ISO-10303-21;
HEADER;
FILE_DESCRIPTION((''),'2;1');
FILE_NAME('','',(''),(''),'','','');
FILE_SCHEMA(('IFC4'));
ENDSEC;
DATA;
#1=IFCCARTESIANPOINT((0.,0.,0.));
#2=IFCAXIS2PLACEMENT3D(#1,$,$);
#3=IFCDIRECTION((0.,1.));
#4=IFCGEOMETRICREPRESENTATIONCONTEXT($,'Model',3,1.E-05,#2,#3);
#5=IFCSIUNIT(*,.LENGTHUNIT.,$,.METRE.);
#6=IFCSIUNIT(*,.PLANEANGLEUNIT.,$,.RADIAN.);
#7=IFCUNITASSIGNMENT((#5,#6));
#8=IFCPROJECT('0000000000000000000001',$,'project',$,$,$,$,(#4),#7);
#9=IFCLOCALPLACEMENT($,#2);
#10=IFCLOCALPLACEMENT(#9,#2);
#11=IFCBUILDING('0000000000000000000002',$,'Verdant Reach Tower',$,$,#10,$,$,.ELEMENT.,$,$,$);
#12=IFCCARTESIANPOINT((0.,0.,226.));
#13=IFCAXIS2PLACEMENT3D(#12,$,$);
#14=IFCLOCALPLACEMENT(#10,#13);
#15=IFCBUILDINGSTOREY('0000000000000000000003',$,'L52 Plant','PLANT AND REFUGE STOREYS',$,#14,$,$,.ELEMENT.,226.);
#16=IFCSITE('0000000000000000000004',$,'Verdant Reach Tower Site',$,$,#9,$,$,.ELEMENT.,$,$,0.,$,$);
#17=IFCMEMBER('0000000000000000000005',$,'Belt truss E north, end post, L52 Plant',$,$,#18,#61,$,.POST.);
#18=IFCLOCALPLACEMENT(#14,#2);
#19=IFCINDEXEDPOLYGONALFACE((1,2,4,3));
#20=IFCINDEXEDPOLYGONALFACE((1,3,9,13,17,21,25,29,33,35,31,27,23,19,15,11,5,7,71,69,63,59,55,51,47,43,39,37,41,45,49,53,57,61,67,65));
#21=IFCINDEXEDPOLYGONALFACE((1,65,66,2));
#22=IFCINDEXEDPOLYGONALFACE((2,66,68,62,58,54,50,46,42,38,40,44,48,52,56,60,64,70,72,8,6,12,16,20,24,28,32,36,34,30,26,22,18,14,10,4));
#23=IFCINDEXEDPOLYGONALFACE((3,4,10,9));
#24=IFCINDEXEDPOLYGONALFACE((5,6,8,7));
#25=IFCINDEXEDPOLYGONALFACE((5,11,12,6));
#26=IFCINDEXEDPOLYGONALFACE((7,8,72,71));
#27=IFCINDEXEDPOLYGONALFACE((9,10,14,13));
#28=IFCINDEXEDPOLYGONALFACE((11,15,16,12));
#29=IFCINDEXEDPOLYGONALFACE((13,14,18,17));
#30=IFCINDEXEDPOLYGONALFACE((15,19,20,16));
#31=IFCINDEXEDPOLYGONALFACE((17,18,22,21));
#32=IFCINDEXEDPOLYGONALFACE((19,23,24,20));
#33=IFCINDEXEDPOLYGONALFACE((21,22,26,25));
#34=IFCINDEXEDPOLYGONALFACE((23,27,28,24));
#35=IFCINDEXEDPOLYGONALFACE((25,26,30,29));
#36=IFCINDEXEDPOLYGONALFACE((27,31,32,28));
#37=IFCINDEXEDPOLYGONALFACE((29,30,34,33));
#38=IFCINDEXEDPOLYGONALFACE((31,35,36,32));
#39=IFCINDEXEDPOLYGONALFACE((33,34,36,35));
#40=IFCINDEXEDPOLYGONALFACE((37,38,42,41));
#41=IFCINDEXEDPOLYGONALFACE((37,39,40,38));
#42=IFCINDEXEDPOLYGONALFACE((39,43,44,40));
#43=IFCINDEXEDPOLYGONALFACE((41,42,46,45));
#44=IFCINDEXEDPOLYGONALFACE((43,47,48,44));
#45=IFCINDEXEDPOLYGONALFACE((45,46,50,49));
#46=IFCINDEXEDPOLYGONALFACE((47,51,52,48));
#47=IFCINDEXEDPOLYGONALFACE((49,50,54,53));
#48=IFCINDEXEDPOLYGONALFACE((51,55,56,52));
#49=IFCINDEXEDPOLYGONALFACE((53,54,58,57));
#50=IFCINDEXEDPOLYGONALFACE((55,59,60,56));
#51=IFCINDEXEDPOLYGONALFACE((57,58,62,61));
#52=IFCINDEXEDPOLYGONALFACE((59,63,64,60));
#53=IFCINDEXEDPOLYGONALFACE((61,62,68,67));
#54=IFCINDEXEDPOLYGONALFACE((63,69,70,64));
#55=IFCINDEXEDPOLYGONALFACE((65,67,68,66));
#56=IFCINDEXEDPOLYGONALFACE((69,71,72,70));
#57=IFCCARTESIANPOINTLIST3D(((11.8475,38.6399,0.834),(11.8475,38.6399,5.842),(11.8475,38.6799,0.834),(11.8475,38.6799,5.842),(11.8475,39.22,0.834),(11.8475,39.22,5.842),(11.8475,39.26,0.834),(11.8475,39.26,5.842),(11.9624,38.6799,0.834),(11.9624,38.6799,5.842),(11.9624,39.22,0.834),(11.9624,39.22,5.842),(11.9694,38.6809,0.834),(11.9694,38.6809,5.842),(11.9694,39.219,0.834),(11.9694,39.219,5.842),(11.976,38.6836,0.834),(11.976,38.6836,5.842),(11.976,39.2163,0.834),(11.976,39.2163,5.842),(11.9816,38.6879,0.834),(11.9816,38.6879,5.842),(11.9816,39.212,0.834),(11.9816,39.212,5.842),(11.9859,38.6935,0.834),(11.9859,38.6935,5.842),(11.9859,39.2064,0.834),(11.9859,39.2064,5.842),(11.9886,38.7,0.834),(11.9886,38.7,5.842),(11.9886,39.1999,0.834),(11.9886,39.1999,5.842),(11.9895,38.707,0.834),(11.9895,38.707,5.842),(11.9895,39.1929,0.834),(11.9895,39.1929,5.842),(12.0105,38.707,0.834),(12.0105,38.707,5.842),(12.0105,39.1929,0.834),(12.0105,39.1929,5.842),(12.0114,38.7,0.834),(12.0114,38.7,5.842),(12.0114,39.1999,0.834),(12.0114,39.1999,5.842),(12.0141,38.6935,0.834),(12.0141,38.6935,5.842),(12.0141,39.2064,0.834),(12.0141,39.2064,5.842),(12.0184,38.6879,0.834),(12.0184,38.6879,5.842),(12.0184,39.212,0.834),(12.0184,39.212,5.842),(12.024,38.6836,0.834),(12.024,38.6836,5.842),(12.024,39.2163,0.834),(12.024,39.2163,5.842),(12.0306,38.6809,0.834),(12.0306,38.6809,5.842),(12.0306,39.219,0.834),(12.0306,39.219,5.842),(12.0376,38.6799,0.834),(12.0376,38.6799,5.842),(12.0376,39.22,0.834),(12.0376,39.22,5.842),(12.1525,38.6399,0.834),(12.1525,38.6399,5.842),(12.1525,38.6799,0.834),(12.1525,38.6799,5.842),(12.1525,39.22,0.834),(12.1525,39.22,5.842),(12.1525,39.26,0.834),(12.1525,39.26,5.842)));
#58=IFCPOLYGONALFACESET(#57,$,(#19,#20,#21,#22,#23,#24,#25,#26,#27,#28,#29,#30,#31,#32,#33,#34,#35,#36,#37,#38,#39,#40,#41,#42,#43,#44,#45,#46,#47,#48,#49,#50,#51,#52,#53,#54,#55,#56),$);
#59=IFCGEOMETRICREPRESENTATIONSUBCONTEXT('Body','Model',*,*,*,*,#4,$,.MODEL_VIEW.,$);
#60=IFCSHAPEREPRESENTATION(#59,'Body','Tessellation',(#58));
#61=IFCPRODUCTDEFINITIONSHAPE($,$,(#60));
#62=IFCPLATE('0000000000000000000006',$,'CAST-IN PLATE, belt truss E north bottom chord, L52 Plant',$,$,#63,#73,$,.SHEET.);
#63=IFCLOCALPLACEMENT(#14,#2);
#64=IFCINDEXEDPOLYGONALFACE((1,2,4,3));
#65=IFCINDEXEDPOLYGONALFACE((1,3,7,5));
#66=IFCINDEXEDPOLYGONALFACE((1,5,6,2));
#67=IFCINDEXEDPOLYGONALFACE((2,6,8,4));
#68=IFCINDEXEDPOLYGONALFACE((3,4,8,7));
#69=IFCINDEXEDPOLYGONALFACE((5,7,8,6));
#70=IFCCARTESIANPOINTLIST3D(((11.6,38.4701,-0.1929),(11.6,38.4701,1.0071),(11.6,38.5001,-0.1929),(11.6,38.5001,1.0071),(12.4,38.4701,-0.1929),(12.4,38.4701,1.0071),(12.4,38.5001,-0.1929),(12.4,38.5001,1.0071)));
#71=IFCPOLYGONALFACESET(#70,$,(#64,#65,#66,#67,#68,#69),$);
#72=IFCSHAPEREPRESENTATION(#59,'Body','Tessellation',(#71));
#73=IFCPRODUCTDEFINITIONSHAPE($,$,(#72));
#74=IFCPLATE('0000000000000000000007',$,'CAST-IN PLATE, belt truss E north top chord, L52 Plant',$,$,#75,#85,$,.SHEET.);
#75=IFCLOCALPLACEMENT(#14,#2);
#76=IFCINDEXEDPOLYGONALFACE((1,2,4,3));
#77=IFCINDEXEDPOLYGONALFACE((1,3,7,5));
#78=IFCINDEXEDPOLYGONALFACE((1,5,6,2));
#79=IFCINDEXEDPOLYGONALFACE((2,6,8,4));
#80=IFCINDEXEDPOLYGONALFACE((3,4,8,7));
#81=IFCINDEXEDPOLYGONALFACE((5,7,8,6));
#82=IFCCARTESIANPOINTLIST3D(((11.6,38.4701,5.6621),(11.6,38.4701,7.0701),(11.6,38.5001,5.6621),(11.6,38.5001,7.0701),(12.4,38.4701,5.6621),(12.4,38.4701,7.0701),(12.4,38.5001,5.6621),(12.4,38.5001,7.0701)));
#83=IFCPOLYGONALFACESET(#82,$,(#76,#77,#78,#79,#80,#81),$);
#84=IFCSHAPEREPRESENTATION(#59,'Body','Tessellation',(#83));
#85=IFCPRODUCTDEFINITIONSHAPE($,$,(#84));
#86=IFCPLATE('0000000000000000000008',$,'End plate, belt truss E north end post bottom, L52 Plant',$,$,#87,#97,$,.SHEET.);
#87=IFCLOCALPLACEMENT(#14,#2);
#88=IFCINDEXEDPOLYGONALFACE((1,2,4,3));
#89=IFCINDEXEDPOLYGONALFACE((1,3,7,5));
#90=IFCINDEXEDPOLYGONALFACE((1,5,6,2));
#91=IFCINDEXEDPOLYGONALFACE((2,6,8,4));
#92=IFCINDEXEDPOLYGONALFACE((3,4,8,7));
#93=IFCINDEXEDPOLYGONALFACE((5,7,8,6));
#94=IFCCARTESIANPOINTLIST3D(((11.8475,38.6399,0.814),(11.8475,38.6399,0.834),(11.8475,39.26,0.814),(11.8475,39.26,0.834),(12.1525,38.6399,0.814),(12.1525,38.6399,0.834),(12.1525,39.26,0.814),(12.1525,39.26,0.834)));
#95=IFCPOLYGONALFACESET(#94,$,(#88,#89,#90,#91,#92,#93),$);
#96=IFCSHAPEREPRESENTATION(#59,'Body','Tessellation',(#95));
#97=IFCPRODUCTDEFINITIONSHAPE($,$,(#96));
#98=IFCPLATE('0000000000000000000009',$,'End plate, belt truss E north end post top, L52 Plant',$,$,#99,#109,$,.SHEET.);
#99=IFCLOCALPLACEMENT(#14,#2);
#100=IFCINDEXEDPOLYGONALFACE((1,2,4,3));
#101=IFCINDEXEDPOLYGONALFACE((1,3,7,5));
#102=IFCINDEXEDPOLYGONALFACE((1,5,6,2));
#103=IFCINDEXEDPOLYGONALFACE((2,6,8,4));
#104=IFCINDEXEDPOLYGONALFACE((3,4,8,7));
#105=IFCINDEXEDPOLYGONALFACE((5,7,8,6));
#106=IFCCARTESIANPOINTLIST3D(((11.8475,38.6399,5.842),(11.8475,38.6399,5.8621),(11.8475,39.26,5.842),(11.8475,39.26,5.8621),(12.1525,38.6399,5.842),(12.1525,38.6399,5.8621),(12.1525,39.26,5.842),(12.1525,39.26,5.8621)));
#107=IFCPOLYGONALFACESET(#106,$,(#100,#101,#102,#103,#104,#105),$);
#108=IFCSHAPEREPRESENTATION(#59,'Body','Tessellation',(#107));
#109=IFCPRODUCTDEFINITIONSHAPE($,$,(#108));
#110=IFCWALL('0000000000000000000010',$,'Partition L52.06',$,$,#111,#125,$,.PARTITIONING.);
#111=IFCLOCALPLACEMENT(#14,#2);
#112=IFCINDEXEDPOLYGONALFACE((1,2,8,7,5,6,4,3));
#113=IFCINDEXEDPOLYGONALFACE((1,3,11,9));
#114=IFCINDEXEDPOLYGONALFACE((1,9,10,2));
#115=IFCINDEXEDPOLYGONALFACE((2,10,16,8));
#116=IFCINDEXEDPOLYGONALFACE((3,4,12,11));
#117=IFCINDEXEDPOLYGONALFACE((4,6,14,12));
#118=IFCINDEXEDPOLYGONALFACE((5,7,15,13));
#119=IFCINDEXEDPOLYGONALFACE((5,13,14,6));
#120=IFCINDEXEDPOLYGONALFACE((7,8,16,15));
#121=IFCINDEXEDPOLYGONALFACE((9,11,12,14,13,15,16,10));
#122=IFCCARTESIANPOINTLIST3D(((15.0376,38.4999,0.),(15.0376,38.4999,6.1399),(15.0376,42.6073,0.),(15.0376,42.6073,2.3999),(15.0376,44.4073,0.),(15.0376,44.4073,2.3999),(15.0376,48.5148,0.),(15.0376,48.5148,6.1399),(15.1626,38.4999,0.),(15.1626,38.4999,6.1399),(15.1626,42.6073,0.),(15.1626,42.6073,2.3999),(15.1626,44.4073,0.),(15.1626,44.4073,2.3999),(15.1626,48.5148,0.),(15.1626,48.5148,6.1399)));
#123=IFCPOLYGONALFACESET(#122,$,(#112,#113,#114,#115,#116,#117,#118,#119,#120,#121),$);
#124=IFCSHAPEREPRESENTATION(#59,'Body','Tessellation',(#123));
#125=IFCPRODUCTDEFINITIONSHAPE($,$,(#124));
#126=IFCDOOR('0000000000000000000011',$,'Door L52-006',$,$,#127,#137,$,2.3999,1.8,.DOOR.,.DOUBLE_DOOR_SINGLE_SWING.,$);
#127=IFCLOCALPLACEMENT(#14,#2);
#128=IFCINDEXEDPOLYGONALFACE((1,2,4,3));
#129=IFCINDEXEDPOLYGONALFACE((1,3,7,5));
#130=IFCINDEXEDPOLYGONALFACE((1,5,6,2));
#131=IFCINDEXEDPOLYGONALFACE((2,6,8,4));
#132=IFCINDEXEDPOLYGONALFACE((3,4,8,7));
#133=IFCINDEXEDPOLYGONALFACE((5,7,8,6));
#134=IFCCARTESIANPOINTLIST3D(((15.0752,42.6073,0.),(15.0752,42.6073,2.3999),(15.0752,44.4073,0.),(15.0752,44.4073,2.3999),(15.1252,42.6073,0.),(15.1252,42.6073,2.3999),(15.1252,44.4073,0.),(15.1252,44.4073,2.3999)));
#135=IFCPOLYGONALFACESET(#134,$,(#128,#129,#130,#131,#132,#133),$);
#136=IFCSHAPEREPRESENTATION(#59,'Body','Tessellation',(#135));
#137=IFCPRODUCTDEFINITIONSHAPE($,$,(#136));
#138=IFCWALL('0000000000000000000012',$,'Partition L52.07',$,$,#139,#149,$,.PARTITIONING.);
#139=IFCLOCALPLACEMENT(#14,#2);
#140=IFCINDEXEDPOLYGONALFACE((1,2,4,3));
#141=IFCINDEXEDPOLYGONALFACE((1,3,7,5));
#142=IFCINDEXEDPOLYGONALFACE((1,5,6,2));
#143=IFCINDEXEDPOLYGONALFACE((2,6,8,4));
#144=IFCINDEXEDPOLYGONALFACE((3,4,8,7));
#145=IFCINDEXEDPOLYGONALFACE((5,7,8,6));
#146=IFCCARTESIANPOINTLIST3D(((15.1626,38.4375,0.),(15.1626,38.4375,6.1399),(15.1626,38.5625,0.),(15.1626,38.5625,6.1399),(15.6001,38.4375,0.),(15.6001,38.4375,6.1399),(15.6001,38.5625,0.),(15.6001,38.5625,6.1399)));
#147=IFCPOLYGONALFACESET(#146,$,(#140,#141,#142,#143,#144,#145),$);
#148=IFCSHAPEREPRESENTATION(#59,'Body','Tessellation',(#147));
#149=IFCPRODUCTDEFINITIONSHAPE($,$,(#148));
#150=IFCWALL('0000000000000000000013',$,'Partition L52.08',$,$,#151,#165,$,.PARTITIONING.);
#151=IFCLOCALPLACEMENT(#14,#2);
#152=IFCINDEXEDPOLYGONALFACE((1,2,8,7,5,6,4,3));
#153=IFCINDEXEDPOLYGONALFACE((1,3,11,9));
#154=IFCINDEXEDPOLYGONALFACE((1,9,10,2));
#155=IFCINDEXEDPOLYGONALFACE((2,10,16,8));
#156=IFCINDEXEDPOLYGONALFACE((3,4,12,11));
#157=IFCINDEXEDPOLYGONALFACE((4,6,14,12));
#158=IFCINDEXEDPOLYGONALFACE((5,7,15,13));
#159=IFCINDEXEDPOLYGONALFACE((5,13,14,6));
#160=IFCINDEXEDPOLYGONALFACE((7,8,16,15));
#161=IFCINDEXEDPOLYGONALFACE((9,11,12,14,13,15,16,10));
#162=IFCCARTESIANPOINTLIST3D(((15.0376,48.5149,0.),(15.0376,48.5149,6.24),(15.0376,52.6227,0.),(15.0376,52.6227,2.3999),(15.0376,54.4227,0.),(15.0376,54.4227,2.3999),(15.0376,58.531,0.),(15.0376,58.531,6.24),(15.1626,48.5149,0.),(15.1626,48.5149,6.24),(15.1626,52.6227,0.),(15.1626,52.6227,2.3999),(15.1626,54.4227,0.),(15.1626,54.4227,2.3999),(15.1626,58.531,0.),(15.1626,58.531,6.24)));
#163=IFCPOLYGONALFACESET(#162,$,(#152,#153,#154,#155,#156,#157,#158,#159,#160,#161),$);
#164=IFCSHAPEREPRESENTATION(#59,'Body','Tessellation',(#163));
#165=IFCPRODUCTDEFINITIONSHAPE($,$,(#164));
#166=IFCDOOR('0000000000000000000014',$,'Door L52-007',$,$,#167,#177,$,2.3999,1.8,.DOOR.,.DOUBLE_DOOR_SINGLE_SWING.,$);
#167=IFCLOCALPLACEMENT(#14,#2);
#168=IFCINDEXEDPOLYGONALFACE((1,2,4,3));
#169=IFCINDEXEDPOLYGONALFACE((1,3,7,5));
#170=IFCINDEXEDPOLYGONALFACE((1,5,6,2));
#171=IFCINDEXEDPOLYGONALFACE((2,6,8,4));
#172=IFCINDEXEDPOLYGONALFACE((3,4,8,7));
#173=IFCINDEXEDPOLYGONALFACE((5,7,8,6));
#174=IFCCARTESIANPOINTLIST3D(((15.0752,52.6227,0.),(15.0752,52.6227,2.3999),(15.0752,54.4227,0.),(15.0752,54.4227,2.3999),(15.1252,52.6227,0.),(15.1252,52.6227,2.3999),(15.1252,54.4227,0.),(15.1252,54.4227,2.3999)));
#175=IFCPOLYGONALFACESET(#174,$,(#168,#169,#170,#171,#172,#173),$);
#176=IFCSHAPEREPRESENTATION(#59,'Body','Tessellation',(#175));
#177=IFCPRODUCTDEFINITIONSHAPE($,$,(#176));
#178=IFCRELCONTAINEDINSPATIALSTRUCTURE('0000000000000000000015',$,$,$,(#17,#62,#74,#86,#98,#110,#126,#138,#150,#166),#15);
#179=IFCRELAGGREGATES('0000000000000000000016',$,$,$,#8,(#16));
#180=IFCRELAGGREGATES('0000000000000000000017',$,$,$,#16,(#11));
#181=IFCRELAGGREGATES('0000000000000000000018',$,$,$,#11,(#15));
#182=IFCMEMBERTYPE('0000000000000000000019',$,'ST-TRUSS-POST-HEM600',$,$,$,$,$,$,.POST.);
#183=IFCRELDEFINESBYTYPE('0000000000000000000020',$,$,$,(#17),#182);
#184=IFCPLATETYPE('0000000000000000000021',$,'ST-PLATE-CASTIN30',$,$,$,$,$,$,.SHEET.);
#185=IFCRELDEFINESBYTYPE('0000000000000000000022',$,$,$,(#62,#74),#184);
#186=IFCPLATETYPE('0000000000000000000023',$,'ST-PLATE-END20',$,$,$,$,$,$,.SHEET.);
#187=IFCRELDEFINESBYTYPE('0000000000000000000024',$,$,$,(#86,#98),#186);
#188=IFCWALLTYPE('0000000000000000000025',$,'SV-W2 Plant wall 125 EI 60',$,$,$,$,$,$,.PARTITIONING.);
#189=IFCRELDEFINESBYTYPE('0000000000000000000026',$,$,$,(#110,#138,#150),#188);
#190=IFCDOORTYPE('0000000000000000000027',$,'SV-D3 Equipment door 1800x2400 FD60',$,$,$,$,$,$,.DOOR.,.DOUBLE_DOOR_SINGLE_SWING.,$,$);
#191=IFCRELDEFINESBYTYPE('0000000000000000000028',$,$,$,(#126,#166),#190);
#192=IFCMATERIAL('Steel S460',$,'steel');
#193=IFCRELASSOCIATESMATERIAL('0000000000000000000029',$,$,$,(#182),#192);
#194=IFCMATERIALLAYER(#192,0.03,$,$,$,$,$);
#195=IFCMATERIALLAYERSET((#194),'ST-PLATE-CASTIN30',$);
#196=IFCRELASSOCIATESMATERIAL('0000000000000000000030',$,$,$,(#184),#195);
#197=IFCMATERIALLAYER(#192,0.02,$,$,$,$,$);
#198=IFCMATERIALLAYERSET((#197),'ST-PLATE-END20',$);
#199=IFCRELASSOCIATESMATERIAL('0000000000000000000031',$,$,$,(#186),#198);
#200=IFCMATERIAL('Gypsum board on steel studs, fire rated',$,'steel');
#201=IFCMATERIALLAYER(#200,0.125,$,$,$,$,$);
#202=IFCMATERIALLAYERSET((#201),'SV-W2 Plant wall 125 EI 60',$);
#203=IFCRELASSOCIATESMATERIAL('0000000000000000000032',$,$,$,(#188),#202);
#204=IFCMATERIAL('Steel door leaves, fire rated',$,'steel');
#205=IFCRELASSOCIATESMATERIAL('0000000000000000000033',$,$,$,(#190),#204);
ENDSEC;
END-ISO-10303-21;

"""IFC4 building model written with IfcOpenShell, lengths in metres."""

from ifc_helpers import new_model, si_unit, direction, frame, frame_2d, origin, origin_2d, place, context, subcontext, project, spatial, rectangle, i_section, extrude, material, layer, layer_set, material_profile, profile_set, type_object, element, fill, save


model = new_model("IFC4")

# Units and contexts
model_context = context("Model", 3, precision=1e-05, world=origin(), true_north=direction((0.0, 1.0)))
body_context = subcontext(model_context, "Body", "Model", "MODEL_VIEW")
ifc_project = project(units=[si_unit("LENGTHUNIT", "METRE"), si_unit("PLANEANGLEUNIT", "RADIAN")], contexts=[model_context])

# Site, building, storey
site_placement = place(None, origin())
site = spatial("IfcSite", under=ifc_project, at=site_placement, Name="Verdant Reach Tower Site", CompositionType="ELEMENT", RefElevation=0.0)
building_placement = place(site_placement, origin())
building = spatial("IfcBuilding", under=site, at=building_placement, Name="Verdant Reach Tower", CompositionType="ELEMENT")
storey_placement = place(building_placement, frame((0.0, 0.0, 226.0)))
storey = spatial("IfcBuildingStorey", under=building, at=storey_placement, Name="L52 Plant", Description="PLANT AND REFUGE STOREYS", CompositionType="ELEMENT", Elevation=226.0)

# Shared definitions
ifc_material_1 = material(Name="Steel S460", Category="steel")

# Member
ifc_material_profile_1 = material_profile(ifc_material_1, i_section(OverallWidth=0.3049, OverallDepth=0.6201, WebThickness=0.021, FlangeThickness=0.04, FilletRadius=0.0271, at=origin_2d()), Name="HEM 600")
ifc_profile_set_1 = profile_set([ifc_material_profile_1], Name="Steel S460")
member_type_1 = type_object("IfcMemberType", Name="ST-TRUSS-POST-HEM600", PredefinedType="POST", material=ifc_profile_set_1)
member_1_placement = place(storey_placement, frame((12.0, 38.95, 0.834), z_axis=(0.0, 0.0, 1.0), x_axis=(1.0, 0.0, 0.0)))
element("IfcMember", 1, at=member_1_placement, inside=storey, type_object=member_type_1, Name="Belt truss E north, end post, L52 Plant", PredefinedType="POST", context=body_context, shape_type="SweptSolid", body=[
    extrude(i_section(OverallWidth=0.3049, OverallDepth=0.6201, WebThickness=0.021, FlangeThickness=0.04, FilletRadius=0.0271, at=origin_2d()), origin(), (0.0, 0.0, 1.0), 5.0081),
])

# Plates
ifc_layer_1 = layer(ifc_material_1, 0.03)
ifc_layer_set_1 = layer_set([ifc_layer_1], Name="ST-PLATE-CASTIN30")
plate_type_1 = type_object("IfcPlateType", Name="ST-PLATE-CASTIN30", PredefinedType="SHEET", material=ifc_layer_set_1)
plate_1_placement = place(storey_placement, frame((12.0, 38.4851, -0.1929), z_axis=(0.0, 0.0, 1.0), x_axis=(1.0, 0.0, 0.0)))
element("IfcPlate", 2, at=plate_1_placement, inside=storey, type_object=plate_type_1, Name="CAST-IN PLATE, belt truss E north bottom chord, L52 Plant", PredefinedType="SHEET", context=body_context, shape_type="SweptSolid", body=[
    extrude(rectangle(XDim=0.8, YDim=0.03, at=origin_2d()), origin(), (0.0, 0.0, 1.0), 1.2),
])
plate_2_placement = place(storey_placement, frame((12.0, 38.4851, 5.6621), z_axis=(0.0, 0.0, 1.0), x_axis=(1.0, 0.0, 0.0)))
element("IfcPlate", 3, at=plate_2_placement, inside=storey, type_object=plate_type_1, Name="CAST-IN PLATE, belt truss E north top chord, L52 Plant", PredefinedType="SHEET", context=body_context, shape_type="SweptSolid", body=[
    extrude(rectangle(XDim=0.8, YDim=0.03, at=origin_2d()), origin(), (0.0, 0.0, 1.0), 1.408),
])
ifc_layer_2 = layer(ifc_material_1, 0.02)
ifc_layer_set_2 = layer_set([ifc_layer_2], Name="ST-PLATE-END20")
plate_type_2 = type_object("IfcPlateType", Name="ST-PLATE-END20", PredefinedType="SHEET", material=ifc_layer_set_2)
for number, where, z_axis, x_axis, name in (
    (4, (12.0, 38.95, 0.814), (0.0, 0.0, 1.0), (1.0, 0.0, 0.0), "End plate, belt truss E north end post bottom, L52 Plant"),
    (5, (12.0, 38.95, 5.842), (0.0, 0.0, 1.0), (1.0, 0.0, 0.0), "End plate, belt truss E north end post top, L52 Plant"),
):
    element("IfcPlate", number, at=place(storey_placement, frame(where, z_axis=z_axis, x_axis=x_axis)), inside=storey, type_object=plate_type_2, Name=name, PredefinedType="SHEET", context=body_context, shape_type="SweptSolid", body=[
        extrude(rectangle(XDim=0.3049, YDim=0.6201, at=origin_2d()), origin(), (0.0, 0.0, 1.0), 0.02),
    ])

# Wall, opening, door
ifc_material_2 = material(Name="Gypsum board on steel studs, fire rated", Category="steel")
ifc_layer_3 = layer(ifc_material_2, 0.125)
ifc_layer_set_3 = layer_set([ifc_layer_3], Name="SV-W2 Plant wall 125 EI 60")
wall_type_1 = type_object("IfcWallType", Name="SV-W2 Plant wall 125 EI 60", PredefinedType="PARTITIONING", material=ifc_layer_set_3)
wall_1_placement = place(storey_placement, frame((15.1001, 38.5, 0.0), z_axis=(0.0, 0.0, 1.0), x_axis=(0.0, 1.0, 0.0)))
wall_1 = element("IfcWall", 6, at=wall_1_placement, inside=storey, type_object=wall_type_1, Name="Partition L52.06", PredefinedType="PARTITIONING", context=body_context, shape_type="SweptSolid", body=[
    extrude(rectangle(XDim=10.0149, YDim=0.125, at=frame_2d((5.0073, 0.0))), origin(), (0.0, 0.0, 1.0), 6.1399),
])
opening_1_placement = place(wall_1_placement, frame((4.1074, 0.0, 0.0)))
opening_1 = element("IfcOpeningElement", 7, at=opening_1_placement, cuts=wall_1, PredefinedType="OPENING", context=body_context, shape_type="SweptSolid", body=[
    extrude(rectangle(XDim=1.8, YDim=2.3999, at=frame_2d((0.8999, 1.2))), frame((0.0, 0.0725, 0.0), z_axis=(0.0, -1.0, 0.0), x_axis=(1.0, 0.0, 0.0)), (0.0, 0.0, 1.0), 0.145),
])
ifc_material_3 = material(Name="Steel door leaves, fire rated", Category="steel")
door_type = type_object("IfcDoorType", Name="SV-D3 Equipment door 1800x2400 FD60", OperationType="DOUBLE_DOOR_SINGLE_SWING", PredefinedType="DOOR", material=ifc_material_3)
door_1_placement = place(opening_1_placement, origin())
door_1 = element("IfcDoor", 8, at=door_1_placement, inside=storey, type_object=door_type, Name="Door L52-006", OperationType="DOUBLE_DOOR_SINGLE_SWING", OverallHeight=2.3999, OverallWidth=1.8, PredefinedType="DOOR", context=body_context, shape_type="SweptSolid", body=[
    extrude(rectangle(XDim=1.8, YDim=2.3999, at=frame_2d((0.8999, 1.2))), frame((0.0, 0.0249, 0.0), z_axis=(0.0, -1.0, 0.0), x_axis=(1.0, 0.0, 0.0)), (0.0, 0.0, 1.0), 0.05),
])
fill(opening_1, door_1)

# Wall
wall_2_placement = place(storey_placement, frame((15.1626, 38.5, 0.0), z_axis=(0.0, 0.0, 1.0), x_axis=(1.0, 0.0, 0.0)))
element("IfcWall", 9, at=wall_2_placement, inside=storey, type_object=wall_type_1, Name="Partition L52.07", PredefinedType="PARTITIONING", context=body_context, shape_type="SweptSolid", body=[
    extrude(rectangle(XDim=0.4375, YDim=0.125, at=frame_2d((0.2188, 0.0))), origin(), (0.0, 0.0, 1.0), 6.1399),
])

# Wall, opening, door
wall_3_placement = place(storey_placement, frame((15.1001, 48.5149, 0.0), z_axis=(0.0, 0.0, 1.0), x_axis=(0.0, 1.0, 0.0)))
wall_3 = element("IfcWall", 10, at=wall_3_placement, inside=storey, type_object=wall_type_1, Name="Partition L52.08", PredefinedType="PARTITIONING", context=body_context, shape_type="SweptSolid", body=[
    extrude(rectangle(XDim=10.0161, YDim=0.125, at=frame_2d((5.0081, 0.0))), origin(), (0.0, 0.0, 1.0), 6.24),
])
opening_2_placement = place(wall_3_placement, frame((4.1079, 0.0, 0.0)))
opening_2 = element("IfcOpeningElement", 11, at=opening_2_placement, cuts=wall_3, PredefinedType="OPENING", context=body_context, shape_type="SweptSolid", body=[
    extrude(rectangle(XDim=1.8, YDim=2.3999, at=frame_2d((0.8999, 1.2))), frame((0.0, 0.0725, 0.0), z_axis=(0.0, -1.0, 0.0), x_axis=(1.0, 0.0, 0.0)), (0.0, 0.0, 1.0), 0.145),
])
door_2_placement = place(opening_2_placement, origin())
door_2 = element("IfcDoor", 12, at=door_2_placement, inside=storey, type_object=door_type, Name="Door L52-007", OperationType="DOUBLE_DOOR_SINGLE_SWING", OverallHeight=2.3999, OverallWidth=1.8, PredefinedType="DOOR", context=body_context, shape_type="SweptSolid", body=[
    extrude(rectangle(XDim=1.8, YDim=2.3999, at=frame_2d((0.8999, 1.2))), frame((0.0, 0.0249, 0.0), z_axis=(0.0, -1.0, 0.0), x_axis=(1.0, 0.0, 0.0)), (0.0, 0.0, 1.0), 0.05),
])
fill(opening_2, door_2)

save(model, "model.ifc")
